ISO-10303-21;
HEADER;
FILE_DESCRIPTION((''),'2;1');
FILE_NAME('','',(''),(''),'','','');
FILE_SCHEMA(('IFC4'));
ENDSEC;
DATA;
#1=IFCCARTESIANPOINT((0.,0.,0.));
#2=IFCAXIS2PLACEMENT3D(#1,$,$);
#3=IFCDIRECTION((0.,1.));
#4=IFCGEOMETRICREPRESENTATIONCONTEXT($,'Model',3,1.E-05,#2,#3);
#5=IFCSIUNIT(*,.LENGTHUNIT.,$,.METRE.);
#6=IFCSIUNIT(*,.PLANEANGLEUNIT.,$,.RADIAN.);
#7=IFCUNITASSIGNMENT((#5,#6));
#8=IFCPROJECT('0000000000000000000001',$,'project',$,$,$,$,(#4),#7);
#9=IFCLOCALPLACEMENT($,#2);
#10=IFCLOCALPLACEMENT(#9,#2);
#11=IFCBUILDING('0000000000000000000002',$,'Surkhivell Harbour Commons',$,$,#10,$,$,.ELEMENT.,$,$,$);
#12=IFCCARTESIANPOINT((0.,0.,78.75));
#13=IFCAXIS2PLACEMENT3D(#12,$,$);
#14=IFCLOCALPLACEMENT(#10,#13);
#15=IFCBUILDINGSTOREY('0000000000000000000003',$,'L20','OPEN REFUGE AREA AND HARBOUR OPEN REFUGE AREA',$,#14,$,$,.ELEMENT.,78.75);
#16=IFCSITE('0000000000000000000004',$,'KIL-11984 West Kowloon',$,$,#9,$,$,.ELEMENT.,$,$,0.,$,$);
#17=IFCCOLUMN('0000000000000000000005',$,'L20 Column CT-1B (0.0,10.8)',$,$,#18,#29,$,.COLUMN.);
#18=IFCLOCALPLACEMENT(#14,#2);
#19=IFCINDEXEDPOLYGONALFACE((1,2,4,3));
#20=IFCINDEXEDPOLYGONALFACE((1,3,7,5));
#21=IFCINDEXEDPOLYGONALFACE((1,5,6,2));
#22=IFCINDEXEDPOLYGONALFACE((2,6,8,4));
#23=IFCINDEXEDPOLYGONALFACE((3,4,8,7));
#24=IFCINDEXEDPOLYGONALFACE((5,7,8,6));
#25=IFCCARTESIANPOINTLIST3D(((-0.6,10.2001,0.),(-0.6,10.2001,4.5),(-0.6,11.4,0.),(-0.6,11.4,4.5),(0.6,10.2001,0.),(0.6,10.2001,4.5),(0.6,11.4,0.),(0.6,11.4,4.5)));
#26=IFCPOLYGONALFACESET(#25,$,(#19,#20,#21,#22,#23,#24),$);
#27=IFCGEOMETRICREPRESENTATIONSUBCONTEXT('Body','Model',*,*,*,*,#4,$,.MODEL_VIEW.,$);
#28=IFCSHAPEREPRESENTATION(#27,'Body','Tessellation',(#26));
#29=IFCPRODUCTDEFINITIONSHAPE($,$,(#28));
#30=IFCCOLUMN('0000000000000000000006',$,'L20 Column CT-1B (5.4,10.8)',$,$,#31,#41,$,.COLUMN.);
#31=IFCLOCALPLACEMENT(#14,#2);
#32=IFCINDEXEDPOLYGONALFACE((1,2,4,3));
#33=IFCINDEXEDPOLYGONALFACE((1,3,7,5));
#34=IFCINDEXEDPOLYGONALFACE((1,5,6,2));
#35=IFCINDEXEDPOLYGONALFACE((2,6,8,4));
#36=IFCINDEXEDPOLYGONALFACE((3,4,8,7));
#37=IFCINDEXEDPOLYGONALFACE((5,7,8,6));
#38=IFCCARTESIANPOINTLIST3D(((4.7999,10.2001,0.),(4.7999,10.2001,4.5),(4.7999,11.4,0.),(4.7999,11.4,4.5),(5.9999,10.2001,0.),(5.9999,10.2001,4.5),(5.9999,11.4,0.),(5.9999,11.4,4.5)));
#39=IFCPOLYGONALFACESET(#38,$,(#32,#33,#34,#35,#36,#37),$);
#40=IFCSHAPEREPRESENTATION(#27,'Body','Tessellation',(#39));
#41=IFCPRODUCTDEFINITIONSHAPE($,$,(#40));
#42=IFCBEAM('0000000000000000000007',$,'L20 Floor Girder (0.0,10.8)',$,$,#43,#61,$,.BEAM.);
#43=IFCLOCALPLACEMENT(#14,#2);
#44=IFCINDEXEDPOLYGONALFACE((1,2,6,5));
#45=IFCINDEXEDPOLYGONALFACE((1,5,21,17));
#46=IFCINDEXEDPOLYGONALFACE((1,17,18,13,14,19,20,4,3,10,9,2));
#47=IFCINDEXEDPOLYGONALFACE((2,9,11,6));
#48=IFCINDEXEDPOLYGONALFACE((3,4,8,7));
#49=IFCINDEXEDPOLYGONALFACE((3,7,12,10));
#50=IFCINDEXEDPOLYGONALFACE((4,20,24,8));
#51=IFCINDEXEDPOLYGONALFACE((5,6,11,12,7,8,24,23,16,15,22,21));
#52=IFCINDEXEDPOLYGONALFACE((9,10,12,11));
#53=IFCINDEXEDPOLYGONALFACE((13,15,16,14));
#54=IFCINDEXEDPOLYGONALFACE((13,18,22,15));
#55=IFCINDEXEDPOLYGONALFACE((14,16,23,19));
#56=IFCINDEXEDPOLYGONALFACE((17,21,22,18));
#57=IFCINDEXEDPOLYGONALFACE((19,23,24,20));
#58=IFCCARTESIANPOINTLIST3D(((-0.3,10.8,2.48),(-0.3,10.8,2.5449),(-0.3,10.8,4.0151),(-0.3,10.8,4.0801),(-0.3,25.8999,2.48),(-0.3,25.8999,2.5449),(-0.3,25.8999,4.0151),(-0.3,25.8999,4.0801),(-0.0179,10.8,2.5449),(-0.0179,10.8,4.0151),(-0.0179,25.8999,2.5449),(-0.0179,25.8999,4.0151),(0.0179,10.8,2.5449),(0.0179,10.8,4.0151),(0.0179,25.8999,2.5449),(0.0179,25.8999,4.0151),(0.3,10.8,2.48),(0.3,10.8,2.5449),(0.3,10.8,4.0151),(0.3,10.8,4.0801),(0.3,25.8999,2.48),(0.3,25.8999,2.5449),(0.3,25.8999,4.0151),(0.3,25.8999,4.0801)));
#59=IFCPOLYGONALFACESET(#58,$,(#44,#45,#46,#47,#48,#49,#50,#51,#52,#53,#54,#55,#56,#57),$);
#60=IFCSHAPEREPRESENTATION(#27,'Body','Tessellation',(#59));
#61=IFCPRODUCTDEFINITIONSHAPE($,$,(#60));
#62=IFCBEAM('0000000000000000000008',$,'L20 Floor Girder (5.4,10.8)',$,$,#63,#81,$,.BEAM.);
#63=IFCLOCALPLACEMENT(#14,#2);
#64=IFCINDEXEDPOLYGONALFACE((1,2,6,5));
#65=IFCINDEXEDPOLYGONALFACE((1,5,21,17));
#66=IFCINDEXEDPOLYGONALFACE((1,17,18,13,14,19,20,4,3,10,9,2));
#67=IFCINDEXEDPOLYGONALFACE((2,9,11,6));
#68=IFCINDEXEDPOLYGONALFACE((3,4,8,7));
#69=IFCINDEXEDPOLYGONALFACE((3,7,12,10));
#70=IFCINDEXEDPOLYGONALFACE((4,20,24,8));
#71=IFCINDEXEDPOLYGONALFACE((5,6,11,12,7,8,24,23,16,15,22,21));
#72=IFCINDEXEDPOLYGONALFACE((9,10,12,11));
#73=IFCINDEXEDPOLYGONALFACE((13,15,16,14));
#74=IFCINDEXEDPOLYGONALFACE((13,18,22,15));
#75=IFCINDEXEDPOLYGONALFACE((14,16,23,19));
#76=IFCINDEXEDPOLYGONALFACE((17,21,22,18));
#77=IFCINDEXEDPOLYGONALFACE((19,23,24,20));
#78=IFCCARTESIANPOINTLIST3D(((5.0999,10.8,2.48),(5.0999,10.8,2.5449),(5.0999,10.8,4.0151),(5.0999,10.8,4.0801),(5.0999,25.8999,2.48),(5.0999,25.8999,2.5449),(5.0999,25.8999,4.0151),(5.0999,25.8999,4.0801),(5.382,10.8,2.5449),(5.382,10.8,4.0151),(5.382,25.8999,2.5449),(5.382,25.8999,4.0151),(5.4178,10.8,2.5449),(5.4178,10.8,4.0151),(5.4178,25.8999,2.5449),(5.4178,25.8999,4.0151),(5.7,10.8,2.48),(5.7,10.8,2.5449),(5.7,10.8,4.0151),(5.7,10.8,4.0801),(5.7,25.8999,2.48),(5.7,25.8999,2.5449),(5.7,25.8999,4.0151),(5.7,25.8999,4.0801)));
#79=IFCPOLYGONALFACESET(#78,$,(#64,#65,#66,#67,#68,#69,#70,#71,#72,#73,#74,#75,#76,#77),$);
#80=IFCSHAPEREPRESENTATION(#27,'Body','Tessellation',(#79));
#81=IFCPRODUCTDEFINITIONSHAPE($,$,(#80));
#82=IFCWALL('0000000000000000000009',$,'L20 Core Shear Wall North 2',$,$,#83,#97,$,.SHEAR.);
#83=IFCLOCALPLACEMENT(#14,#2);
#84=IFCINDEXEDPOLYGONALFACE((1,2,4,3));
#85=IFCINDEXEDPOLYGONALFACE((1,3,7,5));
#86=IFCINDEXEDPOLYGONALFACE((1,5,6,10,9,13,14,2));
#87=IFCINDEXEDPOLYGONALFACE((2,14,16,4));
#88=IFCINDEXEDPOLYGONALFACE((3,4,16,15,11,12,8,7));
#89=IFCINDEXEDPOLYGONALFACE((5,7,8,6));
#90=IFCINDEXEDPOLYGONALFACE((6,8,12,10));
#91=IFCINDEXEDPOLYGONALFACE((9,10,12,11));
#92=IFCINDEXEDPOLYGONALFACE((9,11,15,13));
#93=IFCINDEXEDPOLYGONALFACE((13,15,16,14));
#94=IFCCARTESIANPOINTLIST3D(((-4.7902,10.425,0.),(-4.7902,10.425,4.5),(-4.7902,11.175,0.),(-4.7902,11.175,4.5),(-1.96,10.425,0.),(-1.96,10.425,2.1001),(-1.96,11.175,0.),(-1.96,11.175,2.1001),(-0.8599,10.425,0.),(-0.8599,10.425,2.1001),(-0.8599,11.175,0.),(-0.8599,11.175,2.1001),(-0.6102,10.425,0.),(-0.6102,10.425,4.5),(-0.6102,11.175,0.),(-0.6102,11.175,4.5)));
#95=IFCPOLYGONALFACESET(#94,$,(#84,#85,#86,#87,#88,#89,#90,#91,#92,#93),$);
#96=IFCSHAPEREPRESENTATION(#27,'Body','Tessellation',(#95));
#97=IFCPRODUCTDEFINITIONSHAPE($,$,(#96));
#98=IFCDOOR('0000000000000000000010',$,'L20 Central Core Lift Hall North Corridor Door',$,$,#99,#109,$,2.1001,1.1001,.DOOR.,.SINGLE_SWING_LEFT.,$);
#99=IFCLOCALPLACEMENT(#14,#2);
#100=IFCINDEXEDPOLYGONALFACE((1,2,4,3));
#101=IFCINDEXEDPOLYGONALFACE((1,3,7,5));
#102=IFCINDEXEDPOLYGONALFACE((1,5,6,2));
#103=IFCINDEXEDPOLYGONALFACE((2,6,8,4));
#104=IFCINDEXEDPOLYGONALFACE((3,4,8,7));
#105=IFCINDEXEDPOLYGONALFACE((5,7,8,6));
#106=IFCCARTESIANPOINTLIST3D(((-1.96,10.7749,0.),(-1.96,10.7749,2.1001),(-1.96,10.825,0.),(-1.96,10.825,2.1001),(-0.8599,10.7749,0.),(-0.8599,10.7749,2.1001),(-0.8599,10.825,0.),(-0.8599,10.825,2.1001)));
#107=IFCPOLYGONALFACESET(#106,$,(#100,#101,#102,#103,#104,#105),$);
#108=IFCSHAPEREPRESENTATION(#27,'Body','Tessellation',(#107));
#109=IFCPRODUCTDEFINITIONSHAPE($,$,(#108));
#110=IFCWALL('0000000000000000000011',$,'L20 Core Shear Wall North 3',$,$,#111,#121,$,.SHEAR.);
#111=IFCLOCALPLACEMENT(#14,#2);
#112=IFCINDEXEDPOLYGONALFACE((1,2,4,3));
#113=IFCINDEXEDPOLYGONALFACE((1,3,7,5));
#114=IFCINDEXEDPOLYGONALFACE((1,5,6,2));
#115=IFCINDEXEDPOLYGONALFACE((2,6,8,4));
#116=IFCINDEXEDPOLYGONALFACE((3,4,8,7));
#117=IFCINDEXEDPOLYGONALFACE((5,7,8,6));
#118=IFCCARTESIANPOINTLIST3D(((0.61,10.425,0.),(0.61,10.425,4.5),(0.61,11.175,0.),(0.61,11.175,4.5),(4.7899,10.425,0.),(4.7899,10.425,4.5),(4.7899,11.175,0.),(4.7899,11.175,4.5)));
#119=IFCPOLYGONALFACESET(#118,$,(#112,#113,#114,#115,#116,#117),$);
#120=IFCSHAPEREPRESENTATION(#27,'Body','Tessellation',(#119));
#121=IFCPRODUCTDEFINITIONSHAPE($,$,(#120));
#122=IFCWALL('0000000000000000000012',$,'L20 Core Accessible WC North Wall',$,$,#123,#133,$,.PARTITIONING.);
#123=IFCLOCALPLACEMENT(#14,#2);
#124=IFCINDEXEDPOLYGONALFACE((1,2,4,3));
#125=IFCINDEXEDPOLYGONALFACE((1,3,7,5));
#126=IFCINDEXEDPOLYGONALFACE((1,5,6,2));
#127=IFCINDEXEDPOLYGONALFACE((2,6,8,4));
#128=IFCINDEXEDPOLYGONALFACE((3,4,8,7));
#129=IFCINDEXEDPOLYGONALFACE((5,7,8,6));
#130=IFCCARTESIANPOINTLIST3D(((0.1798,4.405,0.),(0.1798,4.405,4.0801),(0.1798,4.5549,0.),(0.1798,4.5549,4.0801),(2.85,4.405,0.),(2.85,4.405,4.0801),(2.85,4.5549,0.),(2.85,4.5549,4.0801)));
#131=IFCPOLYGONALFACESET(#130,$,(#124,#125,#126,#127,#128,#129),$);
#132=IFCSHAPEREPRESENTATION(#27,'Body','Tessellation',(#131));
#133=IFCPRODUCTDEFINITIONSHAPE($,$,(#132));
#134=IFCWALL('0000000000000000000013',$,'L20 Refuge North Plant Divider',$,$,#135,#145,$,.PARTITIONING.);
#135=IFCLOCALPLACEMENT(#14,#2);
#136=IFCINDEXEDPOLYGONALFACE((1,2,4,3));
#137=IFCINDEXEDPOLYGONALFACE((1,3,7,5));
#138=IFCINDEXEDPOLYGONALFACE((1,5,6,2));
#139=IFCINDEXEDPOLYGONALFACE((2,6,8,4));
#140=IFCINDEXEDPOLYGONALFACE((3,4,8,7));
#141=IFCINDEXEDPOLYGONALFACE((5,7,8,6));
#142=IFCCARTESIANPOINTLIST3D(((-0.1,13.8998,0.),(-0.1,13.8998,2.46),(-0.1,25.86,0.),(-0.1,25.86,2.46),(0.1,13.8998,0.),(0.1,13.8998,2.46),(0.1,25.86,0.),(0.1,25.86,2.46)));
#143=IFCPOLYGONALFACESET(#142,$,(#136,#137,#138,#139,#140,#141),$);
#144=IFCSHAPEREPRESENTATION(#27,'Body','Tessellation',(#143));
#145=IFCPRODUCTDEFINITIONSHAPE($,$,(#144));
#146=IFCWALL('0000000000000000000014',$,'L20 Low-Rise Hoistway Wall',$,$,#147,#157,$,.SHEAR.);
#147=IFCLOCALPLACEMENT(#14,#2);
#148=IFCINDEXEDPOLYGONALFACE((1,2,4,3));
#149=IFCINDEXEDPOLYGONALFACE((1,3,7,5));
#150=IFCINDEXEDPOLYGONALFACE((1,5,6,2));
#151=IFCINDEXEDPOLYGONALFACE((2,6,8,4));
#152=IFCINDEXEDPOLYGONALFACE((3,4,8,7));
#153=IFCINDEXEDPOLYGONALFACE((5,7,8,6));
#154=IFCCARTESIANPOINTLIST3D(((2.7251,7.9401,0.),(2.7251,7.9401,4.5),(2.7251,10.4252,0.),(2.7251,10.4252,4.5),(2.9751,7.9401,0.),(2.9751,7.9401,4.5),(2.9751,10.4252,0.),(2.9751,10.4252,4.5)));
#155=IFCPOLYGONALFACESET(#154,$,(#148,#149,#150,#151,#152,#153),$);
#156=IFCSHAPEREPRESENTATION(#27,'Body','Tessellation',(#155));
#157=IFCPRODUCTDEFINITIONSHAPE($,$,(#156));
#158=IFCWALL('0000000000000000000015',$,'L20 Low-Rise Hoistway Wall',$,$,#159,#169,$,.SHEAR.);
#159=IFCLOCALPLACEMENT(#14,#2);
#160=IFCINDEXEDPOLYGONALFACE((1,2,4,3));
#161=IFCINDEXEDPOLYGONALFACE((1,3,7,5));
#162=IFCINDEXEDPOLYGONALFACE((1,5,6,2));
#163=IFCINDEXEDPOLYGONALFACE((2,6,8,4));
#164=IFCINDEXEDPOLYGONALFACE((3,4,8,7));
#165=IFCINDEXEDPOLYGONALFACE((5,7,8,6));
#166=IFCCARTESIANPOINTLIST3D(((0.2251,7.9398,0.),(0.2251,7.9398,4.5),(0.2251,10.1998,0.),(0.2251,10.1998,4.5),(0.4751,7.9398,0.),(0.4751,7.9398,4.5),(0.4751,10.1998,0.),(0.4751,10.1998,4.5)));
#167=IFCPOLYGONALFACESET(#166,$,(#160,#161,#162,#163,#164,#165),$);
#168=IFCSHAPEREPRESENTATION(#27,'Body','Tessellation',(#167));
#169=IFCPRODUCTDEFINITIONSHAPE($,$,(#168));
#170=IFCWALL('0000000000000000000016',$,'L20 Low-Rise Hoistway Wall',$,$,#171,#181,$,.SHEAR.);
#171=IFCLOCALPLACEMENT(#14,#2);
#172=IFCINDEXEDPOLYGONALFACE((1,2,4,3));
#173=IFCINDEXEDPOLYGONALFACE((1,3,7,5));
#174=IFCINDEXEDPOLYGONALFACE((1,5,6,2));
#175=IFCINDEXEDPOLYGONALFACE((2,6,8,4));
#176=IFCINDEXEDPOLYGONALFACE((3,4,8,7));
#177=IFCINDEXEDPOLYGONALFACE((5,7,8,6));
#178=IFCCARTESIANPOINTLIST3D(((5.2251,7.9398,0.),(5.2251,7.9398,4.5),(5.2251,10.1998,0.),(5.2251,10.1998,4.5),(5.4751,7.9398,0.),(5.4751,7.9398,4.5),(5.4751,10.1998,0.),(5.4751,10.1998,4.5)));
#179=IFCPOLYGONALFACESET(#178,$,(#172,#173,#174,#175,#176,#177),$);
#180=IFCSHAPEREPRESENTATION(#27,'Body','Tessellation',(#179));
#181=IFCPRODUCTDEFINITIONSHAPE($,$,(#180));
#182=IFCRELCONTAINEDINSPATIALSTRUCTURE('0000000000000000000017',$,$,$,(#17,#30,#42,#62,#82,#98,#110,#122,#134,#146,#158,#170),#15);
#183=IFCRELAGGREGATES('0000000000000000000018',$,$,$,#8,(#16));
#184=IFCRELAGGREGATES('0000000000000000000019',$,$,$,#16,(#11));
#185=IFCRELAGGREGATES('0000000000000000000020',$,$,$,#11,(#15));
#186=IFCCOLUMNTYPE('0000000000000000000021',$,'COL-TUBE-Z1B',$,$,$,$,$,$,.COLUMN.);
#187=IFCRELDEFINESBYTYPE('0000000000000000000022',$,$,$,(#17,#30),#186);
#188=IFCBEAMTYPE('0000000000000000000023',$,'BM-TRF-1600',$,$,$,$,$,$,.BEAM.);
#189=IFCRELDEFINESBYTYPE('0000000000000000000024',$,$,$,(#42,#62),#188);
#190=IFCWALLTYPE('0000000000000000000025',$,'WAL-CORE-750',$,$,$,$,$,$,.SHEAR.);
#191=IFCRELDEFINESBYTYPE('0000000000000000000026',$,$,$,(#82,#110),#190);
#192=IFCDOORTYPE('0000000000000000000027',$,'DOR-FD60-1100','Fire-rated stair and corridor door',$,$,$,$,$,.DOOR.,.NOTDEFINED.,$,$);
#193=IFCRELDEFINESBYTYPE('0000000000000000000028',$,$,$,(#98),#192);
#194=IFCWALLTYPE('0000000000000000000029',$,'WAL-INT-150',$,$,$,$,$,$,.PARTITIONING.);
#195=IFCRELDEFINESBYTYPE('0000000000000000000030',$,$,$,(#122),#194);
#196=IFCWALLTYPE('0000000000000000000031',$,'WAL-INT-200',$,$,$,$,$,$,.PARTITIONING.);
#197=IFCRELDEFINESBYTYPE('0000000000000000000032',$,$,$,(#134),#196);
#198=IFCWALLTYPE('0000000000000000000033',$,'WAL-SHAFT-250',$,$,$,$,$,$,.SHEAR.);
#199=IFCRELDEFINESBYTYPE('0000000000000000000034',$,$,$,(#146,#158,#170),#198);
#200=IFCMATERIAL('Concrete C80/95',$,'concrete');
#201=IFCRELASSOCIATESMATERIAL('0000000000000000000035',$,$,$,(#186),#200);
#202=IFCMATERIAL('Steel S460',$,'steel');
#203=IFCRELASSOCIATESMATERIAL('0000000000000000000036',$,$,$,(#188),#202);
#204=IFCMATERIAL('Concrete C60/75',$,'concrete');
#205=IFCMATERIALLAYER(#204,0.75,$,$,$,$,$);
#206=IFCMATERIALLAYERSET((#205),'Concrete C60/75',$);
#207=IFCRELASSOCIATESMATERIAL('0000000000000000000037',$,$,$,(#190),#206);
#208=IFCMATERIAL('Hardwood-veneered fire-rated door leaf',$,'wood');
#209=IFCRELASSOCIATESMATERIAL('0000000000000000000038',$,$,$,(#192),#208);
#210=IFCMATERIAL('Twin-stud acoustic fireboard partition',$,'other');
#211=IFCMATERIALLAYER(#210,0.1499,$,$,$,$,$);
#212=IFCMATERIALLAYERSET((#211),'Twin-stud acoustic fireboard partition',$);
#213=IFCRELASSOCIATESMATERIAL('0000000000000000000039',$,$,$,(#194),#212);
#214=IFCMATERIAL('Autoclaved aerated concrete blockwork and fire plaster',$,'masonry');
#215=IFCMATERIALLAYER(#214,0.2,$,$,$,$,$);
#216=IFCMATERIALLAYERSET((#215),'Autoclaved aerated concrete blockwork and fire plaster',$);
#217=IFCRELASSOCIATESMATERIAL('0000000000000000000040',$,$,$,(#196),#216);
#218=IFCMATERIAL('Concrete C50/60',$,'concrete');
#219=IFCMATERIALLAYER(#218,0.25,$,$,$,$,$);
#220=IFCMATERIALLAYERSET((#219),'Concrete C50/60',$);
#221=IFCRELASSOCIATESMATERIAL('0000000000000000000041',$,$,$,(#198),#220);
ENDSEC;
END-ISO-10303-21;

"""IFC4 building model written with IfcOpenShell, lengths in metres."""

from ifc_helpers import new_model, si_unit, direction, frame, frame_2d, origin, origin_2d, place, context, subcontext, project, spatial, rectangle, i_section, extrude, material, layer, layer_set, material_profile, profile_set, type_object, element, fill, save


model = new_model("IFC4")

# Units and contexts
model_context = context("Model", 3, precision=1e-05, world=origin(), true_north=direction((0.0, 1.0)))
body_context = subcontext(model_context, "Body", "Model", "MODEL_VIEW")
ifc_project = project(units=[si_unit("LENGTHUNIT", "METRE"), si_unit("PLANEANGLEUNIT", "RADIAN")], contexts=[model_context])

# Site, building, storey
site_placement = place(None, origin())
site = spatial("IfcSite", under=ifc_project, at=site_placement, Name="KIL-11984 West Kowloon", CompositionType="ELEMENT", RefElevation=0.0)
building_placement = place(site_placement, origin())
building = spatial("IfcBuilding", under=site, at=building_placement, Name="Surkhivell Harbour Commons", CompositionType="ELEMENT")
storey_placement = place(building_placement, frame((0.0, 0.0, 78.75)))
storey = spatial("IfcBuildingStorey", under=building, at=storey_placement, Name="L20", Description="OPEN REFUGE AREA AND HARBOUR OPEN REFUGE AREA", CompositionType="ELEMENT", Elevation=78.75)

# Columns
ifc_material_1 = material(Name="Concrete C80/95", Category="concrete")
ifc_material_profile_1 = material_profile(ifc_material_1, rectangle(XDim=1.2, YDim=1.2, at=origin_2d()), Name="RC-COL-1200x1200")
ifc_profile_set_1 = profile_set([ifc_material_profile_1], Name="Concrete C80/95")
column_type = type_object("IfcColumnType", Name="COL-TUBE-Z1B", PredefinedType="COLUMN", material=ifc_profile_set_1)
for number, where, z_axis, x_axis, name in (
    (1, (0.0, 10.8, 0.0), (0.0, 0.0, 1.0), (1.0, 0.0, 0.0), "L20 Column CT-1B (0.0,10.8)"),
    (2, (5.3999, 10.8, 0.0), (0.0, 0.0, 1.0), (1.0, 0.0, 0.0), "L20 Column CT-1B (5.4,10.8)"),
):
    element("IfcColumn", number, at=place(storey_placement, frame(where, z_axis=z_axis, x_axis=x_axis)), inside=storey, type_object=column_type, Name=name, PredefinedType="COLUMN", context=body_context, shape_type="SweptSolid", body=[
        extrude(rectangle(XDim=1.2, YDim=1.2, at=origin_2d()), origin(), (0.0, 0.0, 1.0), 4.5),
    ])

# Beams
ifc_material_2 = material(Name="Steel S460", Category="steel")
ifc_material_profile_2 = material_profile(ifc_material_2, i_section(OverallWidth=0.6001, OverallDepth=1.6001, WebThickness=0.0359, FlangeThickness=0.0649, at=origin_2d()), Name="WPG1600x600x296")
ifc_profile_set_2 = profile_set([ifc_material_profile_2], Name="Steel S460")
beam_type = type_object("IfcBeamType", Name="BM-TRF-1600", PredefinedType="BEAM", material=ifc_profile_set_2)
for number, where, z_axis, x_axis, name in (
    (3, (0.0, 10.8, 3.28), (0.0, 1.0, 0.0), (-1.0, 0.0, 0.0), "L20 Floor Girder (0.0,10.8)"),
    (4, (5.3999, 10.8, 3.28), (0.0, 1.0, 0.0), (-1.0, 0.0, 0.0), "L20 Floor Girder (5.4,10.8)"),
):
    element("IfcBeam", number, at=place(storey_placement, frame(where, z_axis=z_axis, x_axis=x_axis)), inside=storey, type_object=beam_type, Name=name, PredefinedType="BEAM", context=body_context, shape_type="SweptSolid", body=[
        extrude(i_section(OverallWidth=0.6001, OverallDepth=1.6001, WebThickness=0.0359, FlangeThickness=0.0649, at=origin_2d()), origin(), (0.0, 0.0, 1.0), 15.0999),
    ])

# Wall, opening, door
ifc_material_3 = material(Name="Concrete C60/75", Category="concrete")
ifc_layer_1 = layer(ifc_material_3, 0.75)
ifc_layer_set_1 = layer_set([ifc_layer_1], Name="Concrete C60/75")
wall_type_1 = type_object("IfcWallType", Name="WAL-CORE-750", PredefinedType="SHEAR", material=ifc_layer_set_1)
wall_1_placement = place(storey_placement, frame((-4.79, 10.8, 0.0), z_axis=(0.0, 0.0, 1.0), x_axis=(1.0, 0.0, 0.0)))
wall_1 = element("IfcWall", 5, at=wall_1_placement, inside=storey, type_object=wall_type_1, Name="L20 Core Shear Wall North 2", PredefinedType="SHEAR", context=body_context, shape_type="SweptSolid", body=[
    extrude(rectangle(XDim=4.1799, YDim=0.75, at=frame_2d((2.0898, 0.0))), origin(), (0.0, 0.0, 1.0), 4.5),
])
opening_1_placement = place(wall_1_placement, frame((2.8301, 0.0, 0.0)))
opening_1 = element("IfcOpeningElement", 6, at=opening_1_placement, cuts=wall_1, PredefinedType="OPENING", context=body_context, shape_type="SweptSolid", body=[
    extrude(rectangle(XDim=1.1001, YDim=2.1001, at=frame_2d((0.55, 1.05))), frame((0.0, 0.385, 0.0), z_axis=(0.0, -1.0, 0.0), x_axis=(1.0, 0.0, 0.0)), (0.0, 0.0, 1.0), 0.77),
])
ifc_material_4 = material(Name="Hardwood-veneered fire-rated door leaf", Category="wood")
door_type_1 = type_object("IfcDoorType", Name="DOR-FD60-1100", Description="Fire-rated stair and corridor door", OperationType="NOTDEFINED", PredefinedType="DOOR", material=ifc_material_4)
door_1_placement = place(opening_1_placement, origin())
door_1 = element("IfcDoor", 7, at=door_1_placement, inside=storey, type_object=door_type_1, Name="L20 Central Core Lift Hall North Corridor Door", OperationType="SINGLE_SWING_LEFT", OverallHeight=2.1001, OverallWidth=1.1001, PredefinedType="DOOR", context=body_context, shape_type="SweptSolid", body=[
    extrude(rectangle(XDim=1.1001, YDim=2.1001, at=frame_2d((0.55, 1.05))), frame((0.0, 0.0249, 0.0), z_axis=(0.0, -1.0, 0.0), x_axis=(1.0, 0.0, 0.0)), (0.0, 0.0, 1.0), 0.05),
])
fill(opening_1, door_1)

# Walls
wall_2_placement = place(storey_placement, frame((0.6101, 10.8, 0.0), z_axis=(0.0, 0.0, 1.0), x_axis=(1.0, 0.0, 0.0)))
element("IfcWall", 8, at=wall_2_placement, inside=storey, type_object=wall_type_1, Name="L20 Core Shear Wall North 3", PredefinedType="SHEAR", context=body_context, shape_type="SweptSolid", body=[
    extrude(rectangle(XDim=4.1799, YDim=0.75, at=frame_2d((2.0898, 0.0))), origin(), (0.0, 0.0, 1.0), 4.5),
])
ifc_material_5 = material(Name="Twin-stud acoustic fireboard partition", Category="other")
ifc_layer_2 = layer(ifc_material_5, 0.1499)
ifc_layer_set_2 = layer_set([ifc_layer_2], Name="Twin-stud acoustic fireboard partition")
wall_type_2 = type_object("IfcWallType", Name="WAL-INT-150", PredefinedType="PARTITIONING", material=ifc_layer_set_2)
wall_3_placement = place(storey_placement, frame((0.1799, 4.48, 0.0), z_axis=(0.0, 0.0, 1.0), x_axis=(1.0, 0.0, 0.0)))
element("IfcWall", 9, at=wall_3_placement, inside=storey, type_object=wall_type_2, Name="L20 Core Accessible WC North Wall", PredefinedType="PARTITIONING", context=body_context, shape_type="SweptSolid", body=[
    extrude(rectangle(XDim=2.6702, YDim=0.1499, at=frame_2d((1.335, 0.0))), origin(), (0.0, 0.0, 1.0), 4.0801),
])
ifc_material_6 = material(Name="Autoclaved aerated concrete blockwork and fire plaster", Category="masonry")
ifc_layer_3 = layer(ifc_material_6, 0.2)
ifc_layer_set_3 = layer_set([ifc_layer_3], Name="Autoclaved aerated concrete blockwork and fire plaster")
wall_type_3 = type_object("IfcWallType", Name="WAL-INT-200", PredefinedType="PARTITIONING", material=ifc_layer_set_3)
wall_4_placement = place(storey_placement, frame((0.0, 13.8999, 0.0), z_axis=(0.0, 0.0, 1.0), x_axis=(0.0, 1.0, 0.0)))
element("IfcWall", 10, at=wall_4_placement, inside=storey, type_object=wall_type_3, Name="L20 Refuge North Plant Divider", PredefinedType="PARTITIONING", context=body_context, shape_type="SweptSolid", body=[
    extrude(rectangle(XDim=11.9602, YDim=0.2, at=frame_2d((5.98, 0.0))), origin(), (0.0, 0.0, 1.0), 2.46),
])
ifc_material_7 = material(Name="Concrete C50/60", Category="concrete")
ifc_layer_4 = layer(ifc_material_7, 0.25)
ifc_layer_set_4 = layer_set([ifc_layer_4], Name="Concrete C50/60")
wall_type_4 = type_object("IfcWallType", Name="WAL-SHAFT-250", PredefinedType="SHEAR", material=ifc_layer_set_4)
wall_5_placement = place(storey_placement, frame((2.8501, 7.9399, 0.0), z_axis=(0.0, 0.0, 1.0), x_axis=(0.0, 1.0, 0.0)))
element("IfcWall", 11, at=wall_5_placement, inside=storey, type_object=wall_type_4, Name="L20 Low-Rise Hoistway Wall", PredefinedType="SHEAR", context=body_context, shape_type="SweptSolid", body=[
    extrude(rectangle(XDim=2.4851, YDim=0.25, at=frame_2d((1.2427, 0.0))), origin(), (0.0, 0.0, 1.0), 4.5),
])
for number, where, z_axis, x_axis, name in (
    (12, (0.3501, 7.9399, 0.0), (0.0, 0.0, 1.0), (0.0, 1.0, 0.0), "L20 Low-Rise Hoistway Wall"),
    (13, (5.3501, 7.9399, 0.0), (0.0, 0.0, 1.0), (0.0, 1.0, 0.0), "L20 Low-Rise Hoistway Wall"),
):
    element("IfcWall", number, at=place(storey_placement, frame(where, z_axis=z_axis, x_axis=x_axis)), inside=storey, type_object=wall_type_4, Name=name, PredefinedType="SHEAR", context=body_context, shape_type="SweptSolid", body=[
        extrude(rectangle(XDim=2.26, YDim=0.25, at=frame_2d((1.1299, 0.0))), origin(), (0.0, 0.0, 1.0), 4.5),
    ])

save(model, "model.ifc")
